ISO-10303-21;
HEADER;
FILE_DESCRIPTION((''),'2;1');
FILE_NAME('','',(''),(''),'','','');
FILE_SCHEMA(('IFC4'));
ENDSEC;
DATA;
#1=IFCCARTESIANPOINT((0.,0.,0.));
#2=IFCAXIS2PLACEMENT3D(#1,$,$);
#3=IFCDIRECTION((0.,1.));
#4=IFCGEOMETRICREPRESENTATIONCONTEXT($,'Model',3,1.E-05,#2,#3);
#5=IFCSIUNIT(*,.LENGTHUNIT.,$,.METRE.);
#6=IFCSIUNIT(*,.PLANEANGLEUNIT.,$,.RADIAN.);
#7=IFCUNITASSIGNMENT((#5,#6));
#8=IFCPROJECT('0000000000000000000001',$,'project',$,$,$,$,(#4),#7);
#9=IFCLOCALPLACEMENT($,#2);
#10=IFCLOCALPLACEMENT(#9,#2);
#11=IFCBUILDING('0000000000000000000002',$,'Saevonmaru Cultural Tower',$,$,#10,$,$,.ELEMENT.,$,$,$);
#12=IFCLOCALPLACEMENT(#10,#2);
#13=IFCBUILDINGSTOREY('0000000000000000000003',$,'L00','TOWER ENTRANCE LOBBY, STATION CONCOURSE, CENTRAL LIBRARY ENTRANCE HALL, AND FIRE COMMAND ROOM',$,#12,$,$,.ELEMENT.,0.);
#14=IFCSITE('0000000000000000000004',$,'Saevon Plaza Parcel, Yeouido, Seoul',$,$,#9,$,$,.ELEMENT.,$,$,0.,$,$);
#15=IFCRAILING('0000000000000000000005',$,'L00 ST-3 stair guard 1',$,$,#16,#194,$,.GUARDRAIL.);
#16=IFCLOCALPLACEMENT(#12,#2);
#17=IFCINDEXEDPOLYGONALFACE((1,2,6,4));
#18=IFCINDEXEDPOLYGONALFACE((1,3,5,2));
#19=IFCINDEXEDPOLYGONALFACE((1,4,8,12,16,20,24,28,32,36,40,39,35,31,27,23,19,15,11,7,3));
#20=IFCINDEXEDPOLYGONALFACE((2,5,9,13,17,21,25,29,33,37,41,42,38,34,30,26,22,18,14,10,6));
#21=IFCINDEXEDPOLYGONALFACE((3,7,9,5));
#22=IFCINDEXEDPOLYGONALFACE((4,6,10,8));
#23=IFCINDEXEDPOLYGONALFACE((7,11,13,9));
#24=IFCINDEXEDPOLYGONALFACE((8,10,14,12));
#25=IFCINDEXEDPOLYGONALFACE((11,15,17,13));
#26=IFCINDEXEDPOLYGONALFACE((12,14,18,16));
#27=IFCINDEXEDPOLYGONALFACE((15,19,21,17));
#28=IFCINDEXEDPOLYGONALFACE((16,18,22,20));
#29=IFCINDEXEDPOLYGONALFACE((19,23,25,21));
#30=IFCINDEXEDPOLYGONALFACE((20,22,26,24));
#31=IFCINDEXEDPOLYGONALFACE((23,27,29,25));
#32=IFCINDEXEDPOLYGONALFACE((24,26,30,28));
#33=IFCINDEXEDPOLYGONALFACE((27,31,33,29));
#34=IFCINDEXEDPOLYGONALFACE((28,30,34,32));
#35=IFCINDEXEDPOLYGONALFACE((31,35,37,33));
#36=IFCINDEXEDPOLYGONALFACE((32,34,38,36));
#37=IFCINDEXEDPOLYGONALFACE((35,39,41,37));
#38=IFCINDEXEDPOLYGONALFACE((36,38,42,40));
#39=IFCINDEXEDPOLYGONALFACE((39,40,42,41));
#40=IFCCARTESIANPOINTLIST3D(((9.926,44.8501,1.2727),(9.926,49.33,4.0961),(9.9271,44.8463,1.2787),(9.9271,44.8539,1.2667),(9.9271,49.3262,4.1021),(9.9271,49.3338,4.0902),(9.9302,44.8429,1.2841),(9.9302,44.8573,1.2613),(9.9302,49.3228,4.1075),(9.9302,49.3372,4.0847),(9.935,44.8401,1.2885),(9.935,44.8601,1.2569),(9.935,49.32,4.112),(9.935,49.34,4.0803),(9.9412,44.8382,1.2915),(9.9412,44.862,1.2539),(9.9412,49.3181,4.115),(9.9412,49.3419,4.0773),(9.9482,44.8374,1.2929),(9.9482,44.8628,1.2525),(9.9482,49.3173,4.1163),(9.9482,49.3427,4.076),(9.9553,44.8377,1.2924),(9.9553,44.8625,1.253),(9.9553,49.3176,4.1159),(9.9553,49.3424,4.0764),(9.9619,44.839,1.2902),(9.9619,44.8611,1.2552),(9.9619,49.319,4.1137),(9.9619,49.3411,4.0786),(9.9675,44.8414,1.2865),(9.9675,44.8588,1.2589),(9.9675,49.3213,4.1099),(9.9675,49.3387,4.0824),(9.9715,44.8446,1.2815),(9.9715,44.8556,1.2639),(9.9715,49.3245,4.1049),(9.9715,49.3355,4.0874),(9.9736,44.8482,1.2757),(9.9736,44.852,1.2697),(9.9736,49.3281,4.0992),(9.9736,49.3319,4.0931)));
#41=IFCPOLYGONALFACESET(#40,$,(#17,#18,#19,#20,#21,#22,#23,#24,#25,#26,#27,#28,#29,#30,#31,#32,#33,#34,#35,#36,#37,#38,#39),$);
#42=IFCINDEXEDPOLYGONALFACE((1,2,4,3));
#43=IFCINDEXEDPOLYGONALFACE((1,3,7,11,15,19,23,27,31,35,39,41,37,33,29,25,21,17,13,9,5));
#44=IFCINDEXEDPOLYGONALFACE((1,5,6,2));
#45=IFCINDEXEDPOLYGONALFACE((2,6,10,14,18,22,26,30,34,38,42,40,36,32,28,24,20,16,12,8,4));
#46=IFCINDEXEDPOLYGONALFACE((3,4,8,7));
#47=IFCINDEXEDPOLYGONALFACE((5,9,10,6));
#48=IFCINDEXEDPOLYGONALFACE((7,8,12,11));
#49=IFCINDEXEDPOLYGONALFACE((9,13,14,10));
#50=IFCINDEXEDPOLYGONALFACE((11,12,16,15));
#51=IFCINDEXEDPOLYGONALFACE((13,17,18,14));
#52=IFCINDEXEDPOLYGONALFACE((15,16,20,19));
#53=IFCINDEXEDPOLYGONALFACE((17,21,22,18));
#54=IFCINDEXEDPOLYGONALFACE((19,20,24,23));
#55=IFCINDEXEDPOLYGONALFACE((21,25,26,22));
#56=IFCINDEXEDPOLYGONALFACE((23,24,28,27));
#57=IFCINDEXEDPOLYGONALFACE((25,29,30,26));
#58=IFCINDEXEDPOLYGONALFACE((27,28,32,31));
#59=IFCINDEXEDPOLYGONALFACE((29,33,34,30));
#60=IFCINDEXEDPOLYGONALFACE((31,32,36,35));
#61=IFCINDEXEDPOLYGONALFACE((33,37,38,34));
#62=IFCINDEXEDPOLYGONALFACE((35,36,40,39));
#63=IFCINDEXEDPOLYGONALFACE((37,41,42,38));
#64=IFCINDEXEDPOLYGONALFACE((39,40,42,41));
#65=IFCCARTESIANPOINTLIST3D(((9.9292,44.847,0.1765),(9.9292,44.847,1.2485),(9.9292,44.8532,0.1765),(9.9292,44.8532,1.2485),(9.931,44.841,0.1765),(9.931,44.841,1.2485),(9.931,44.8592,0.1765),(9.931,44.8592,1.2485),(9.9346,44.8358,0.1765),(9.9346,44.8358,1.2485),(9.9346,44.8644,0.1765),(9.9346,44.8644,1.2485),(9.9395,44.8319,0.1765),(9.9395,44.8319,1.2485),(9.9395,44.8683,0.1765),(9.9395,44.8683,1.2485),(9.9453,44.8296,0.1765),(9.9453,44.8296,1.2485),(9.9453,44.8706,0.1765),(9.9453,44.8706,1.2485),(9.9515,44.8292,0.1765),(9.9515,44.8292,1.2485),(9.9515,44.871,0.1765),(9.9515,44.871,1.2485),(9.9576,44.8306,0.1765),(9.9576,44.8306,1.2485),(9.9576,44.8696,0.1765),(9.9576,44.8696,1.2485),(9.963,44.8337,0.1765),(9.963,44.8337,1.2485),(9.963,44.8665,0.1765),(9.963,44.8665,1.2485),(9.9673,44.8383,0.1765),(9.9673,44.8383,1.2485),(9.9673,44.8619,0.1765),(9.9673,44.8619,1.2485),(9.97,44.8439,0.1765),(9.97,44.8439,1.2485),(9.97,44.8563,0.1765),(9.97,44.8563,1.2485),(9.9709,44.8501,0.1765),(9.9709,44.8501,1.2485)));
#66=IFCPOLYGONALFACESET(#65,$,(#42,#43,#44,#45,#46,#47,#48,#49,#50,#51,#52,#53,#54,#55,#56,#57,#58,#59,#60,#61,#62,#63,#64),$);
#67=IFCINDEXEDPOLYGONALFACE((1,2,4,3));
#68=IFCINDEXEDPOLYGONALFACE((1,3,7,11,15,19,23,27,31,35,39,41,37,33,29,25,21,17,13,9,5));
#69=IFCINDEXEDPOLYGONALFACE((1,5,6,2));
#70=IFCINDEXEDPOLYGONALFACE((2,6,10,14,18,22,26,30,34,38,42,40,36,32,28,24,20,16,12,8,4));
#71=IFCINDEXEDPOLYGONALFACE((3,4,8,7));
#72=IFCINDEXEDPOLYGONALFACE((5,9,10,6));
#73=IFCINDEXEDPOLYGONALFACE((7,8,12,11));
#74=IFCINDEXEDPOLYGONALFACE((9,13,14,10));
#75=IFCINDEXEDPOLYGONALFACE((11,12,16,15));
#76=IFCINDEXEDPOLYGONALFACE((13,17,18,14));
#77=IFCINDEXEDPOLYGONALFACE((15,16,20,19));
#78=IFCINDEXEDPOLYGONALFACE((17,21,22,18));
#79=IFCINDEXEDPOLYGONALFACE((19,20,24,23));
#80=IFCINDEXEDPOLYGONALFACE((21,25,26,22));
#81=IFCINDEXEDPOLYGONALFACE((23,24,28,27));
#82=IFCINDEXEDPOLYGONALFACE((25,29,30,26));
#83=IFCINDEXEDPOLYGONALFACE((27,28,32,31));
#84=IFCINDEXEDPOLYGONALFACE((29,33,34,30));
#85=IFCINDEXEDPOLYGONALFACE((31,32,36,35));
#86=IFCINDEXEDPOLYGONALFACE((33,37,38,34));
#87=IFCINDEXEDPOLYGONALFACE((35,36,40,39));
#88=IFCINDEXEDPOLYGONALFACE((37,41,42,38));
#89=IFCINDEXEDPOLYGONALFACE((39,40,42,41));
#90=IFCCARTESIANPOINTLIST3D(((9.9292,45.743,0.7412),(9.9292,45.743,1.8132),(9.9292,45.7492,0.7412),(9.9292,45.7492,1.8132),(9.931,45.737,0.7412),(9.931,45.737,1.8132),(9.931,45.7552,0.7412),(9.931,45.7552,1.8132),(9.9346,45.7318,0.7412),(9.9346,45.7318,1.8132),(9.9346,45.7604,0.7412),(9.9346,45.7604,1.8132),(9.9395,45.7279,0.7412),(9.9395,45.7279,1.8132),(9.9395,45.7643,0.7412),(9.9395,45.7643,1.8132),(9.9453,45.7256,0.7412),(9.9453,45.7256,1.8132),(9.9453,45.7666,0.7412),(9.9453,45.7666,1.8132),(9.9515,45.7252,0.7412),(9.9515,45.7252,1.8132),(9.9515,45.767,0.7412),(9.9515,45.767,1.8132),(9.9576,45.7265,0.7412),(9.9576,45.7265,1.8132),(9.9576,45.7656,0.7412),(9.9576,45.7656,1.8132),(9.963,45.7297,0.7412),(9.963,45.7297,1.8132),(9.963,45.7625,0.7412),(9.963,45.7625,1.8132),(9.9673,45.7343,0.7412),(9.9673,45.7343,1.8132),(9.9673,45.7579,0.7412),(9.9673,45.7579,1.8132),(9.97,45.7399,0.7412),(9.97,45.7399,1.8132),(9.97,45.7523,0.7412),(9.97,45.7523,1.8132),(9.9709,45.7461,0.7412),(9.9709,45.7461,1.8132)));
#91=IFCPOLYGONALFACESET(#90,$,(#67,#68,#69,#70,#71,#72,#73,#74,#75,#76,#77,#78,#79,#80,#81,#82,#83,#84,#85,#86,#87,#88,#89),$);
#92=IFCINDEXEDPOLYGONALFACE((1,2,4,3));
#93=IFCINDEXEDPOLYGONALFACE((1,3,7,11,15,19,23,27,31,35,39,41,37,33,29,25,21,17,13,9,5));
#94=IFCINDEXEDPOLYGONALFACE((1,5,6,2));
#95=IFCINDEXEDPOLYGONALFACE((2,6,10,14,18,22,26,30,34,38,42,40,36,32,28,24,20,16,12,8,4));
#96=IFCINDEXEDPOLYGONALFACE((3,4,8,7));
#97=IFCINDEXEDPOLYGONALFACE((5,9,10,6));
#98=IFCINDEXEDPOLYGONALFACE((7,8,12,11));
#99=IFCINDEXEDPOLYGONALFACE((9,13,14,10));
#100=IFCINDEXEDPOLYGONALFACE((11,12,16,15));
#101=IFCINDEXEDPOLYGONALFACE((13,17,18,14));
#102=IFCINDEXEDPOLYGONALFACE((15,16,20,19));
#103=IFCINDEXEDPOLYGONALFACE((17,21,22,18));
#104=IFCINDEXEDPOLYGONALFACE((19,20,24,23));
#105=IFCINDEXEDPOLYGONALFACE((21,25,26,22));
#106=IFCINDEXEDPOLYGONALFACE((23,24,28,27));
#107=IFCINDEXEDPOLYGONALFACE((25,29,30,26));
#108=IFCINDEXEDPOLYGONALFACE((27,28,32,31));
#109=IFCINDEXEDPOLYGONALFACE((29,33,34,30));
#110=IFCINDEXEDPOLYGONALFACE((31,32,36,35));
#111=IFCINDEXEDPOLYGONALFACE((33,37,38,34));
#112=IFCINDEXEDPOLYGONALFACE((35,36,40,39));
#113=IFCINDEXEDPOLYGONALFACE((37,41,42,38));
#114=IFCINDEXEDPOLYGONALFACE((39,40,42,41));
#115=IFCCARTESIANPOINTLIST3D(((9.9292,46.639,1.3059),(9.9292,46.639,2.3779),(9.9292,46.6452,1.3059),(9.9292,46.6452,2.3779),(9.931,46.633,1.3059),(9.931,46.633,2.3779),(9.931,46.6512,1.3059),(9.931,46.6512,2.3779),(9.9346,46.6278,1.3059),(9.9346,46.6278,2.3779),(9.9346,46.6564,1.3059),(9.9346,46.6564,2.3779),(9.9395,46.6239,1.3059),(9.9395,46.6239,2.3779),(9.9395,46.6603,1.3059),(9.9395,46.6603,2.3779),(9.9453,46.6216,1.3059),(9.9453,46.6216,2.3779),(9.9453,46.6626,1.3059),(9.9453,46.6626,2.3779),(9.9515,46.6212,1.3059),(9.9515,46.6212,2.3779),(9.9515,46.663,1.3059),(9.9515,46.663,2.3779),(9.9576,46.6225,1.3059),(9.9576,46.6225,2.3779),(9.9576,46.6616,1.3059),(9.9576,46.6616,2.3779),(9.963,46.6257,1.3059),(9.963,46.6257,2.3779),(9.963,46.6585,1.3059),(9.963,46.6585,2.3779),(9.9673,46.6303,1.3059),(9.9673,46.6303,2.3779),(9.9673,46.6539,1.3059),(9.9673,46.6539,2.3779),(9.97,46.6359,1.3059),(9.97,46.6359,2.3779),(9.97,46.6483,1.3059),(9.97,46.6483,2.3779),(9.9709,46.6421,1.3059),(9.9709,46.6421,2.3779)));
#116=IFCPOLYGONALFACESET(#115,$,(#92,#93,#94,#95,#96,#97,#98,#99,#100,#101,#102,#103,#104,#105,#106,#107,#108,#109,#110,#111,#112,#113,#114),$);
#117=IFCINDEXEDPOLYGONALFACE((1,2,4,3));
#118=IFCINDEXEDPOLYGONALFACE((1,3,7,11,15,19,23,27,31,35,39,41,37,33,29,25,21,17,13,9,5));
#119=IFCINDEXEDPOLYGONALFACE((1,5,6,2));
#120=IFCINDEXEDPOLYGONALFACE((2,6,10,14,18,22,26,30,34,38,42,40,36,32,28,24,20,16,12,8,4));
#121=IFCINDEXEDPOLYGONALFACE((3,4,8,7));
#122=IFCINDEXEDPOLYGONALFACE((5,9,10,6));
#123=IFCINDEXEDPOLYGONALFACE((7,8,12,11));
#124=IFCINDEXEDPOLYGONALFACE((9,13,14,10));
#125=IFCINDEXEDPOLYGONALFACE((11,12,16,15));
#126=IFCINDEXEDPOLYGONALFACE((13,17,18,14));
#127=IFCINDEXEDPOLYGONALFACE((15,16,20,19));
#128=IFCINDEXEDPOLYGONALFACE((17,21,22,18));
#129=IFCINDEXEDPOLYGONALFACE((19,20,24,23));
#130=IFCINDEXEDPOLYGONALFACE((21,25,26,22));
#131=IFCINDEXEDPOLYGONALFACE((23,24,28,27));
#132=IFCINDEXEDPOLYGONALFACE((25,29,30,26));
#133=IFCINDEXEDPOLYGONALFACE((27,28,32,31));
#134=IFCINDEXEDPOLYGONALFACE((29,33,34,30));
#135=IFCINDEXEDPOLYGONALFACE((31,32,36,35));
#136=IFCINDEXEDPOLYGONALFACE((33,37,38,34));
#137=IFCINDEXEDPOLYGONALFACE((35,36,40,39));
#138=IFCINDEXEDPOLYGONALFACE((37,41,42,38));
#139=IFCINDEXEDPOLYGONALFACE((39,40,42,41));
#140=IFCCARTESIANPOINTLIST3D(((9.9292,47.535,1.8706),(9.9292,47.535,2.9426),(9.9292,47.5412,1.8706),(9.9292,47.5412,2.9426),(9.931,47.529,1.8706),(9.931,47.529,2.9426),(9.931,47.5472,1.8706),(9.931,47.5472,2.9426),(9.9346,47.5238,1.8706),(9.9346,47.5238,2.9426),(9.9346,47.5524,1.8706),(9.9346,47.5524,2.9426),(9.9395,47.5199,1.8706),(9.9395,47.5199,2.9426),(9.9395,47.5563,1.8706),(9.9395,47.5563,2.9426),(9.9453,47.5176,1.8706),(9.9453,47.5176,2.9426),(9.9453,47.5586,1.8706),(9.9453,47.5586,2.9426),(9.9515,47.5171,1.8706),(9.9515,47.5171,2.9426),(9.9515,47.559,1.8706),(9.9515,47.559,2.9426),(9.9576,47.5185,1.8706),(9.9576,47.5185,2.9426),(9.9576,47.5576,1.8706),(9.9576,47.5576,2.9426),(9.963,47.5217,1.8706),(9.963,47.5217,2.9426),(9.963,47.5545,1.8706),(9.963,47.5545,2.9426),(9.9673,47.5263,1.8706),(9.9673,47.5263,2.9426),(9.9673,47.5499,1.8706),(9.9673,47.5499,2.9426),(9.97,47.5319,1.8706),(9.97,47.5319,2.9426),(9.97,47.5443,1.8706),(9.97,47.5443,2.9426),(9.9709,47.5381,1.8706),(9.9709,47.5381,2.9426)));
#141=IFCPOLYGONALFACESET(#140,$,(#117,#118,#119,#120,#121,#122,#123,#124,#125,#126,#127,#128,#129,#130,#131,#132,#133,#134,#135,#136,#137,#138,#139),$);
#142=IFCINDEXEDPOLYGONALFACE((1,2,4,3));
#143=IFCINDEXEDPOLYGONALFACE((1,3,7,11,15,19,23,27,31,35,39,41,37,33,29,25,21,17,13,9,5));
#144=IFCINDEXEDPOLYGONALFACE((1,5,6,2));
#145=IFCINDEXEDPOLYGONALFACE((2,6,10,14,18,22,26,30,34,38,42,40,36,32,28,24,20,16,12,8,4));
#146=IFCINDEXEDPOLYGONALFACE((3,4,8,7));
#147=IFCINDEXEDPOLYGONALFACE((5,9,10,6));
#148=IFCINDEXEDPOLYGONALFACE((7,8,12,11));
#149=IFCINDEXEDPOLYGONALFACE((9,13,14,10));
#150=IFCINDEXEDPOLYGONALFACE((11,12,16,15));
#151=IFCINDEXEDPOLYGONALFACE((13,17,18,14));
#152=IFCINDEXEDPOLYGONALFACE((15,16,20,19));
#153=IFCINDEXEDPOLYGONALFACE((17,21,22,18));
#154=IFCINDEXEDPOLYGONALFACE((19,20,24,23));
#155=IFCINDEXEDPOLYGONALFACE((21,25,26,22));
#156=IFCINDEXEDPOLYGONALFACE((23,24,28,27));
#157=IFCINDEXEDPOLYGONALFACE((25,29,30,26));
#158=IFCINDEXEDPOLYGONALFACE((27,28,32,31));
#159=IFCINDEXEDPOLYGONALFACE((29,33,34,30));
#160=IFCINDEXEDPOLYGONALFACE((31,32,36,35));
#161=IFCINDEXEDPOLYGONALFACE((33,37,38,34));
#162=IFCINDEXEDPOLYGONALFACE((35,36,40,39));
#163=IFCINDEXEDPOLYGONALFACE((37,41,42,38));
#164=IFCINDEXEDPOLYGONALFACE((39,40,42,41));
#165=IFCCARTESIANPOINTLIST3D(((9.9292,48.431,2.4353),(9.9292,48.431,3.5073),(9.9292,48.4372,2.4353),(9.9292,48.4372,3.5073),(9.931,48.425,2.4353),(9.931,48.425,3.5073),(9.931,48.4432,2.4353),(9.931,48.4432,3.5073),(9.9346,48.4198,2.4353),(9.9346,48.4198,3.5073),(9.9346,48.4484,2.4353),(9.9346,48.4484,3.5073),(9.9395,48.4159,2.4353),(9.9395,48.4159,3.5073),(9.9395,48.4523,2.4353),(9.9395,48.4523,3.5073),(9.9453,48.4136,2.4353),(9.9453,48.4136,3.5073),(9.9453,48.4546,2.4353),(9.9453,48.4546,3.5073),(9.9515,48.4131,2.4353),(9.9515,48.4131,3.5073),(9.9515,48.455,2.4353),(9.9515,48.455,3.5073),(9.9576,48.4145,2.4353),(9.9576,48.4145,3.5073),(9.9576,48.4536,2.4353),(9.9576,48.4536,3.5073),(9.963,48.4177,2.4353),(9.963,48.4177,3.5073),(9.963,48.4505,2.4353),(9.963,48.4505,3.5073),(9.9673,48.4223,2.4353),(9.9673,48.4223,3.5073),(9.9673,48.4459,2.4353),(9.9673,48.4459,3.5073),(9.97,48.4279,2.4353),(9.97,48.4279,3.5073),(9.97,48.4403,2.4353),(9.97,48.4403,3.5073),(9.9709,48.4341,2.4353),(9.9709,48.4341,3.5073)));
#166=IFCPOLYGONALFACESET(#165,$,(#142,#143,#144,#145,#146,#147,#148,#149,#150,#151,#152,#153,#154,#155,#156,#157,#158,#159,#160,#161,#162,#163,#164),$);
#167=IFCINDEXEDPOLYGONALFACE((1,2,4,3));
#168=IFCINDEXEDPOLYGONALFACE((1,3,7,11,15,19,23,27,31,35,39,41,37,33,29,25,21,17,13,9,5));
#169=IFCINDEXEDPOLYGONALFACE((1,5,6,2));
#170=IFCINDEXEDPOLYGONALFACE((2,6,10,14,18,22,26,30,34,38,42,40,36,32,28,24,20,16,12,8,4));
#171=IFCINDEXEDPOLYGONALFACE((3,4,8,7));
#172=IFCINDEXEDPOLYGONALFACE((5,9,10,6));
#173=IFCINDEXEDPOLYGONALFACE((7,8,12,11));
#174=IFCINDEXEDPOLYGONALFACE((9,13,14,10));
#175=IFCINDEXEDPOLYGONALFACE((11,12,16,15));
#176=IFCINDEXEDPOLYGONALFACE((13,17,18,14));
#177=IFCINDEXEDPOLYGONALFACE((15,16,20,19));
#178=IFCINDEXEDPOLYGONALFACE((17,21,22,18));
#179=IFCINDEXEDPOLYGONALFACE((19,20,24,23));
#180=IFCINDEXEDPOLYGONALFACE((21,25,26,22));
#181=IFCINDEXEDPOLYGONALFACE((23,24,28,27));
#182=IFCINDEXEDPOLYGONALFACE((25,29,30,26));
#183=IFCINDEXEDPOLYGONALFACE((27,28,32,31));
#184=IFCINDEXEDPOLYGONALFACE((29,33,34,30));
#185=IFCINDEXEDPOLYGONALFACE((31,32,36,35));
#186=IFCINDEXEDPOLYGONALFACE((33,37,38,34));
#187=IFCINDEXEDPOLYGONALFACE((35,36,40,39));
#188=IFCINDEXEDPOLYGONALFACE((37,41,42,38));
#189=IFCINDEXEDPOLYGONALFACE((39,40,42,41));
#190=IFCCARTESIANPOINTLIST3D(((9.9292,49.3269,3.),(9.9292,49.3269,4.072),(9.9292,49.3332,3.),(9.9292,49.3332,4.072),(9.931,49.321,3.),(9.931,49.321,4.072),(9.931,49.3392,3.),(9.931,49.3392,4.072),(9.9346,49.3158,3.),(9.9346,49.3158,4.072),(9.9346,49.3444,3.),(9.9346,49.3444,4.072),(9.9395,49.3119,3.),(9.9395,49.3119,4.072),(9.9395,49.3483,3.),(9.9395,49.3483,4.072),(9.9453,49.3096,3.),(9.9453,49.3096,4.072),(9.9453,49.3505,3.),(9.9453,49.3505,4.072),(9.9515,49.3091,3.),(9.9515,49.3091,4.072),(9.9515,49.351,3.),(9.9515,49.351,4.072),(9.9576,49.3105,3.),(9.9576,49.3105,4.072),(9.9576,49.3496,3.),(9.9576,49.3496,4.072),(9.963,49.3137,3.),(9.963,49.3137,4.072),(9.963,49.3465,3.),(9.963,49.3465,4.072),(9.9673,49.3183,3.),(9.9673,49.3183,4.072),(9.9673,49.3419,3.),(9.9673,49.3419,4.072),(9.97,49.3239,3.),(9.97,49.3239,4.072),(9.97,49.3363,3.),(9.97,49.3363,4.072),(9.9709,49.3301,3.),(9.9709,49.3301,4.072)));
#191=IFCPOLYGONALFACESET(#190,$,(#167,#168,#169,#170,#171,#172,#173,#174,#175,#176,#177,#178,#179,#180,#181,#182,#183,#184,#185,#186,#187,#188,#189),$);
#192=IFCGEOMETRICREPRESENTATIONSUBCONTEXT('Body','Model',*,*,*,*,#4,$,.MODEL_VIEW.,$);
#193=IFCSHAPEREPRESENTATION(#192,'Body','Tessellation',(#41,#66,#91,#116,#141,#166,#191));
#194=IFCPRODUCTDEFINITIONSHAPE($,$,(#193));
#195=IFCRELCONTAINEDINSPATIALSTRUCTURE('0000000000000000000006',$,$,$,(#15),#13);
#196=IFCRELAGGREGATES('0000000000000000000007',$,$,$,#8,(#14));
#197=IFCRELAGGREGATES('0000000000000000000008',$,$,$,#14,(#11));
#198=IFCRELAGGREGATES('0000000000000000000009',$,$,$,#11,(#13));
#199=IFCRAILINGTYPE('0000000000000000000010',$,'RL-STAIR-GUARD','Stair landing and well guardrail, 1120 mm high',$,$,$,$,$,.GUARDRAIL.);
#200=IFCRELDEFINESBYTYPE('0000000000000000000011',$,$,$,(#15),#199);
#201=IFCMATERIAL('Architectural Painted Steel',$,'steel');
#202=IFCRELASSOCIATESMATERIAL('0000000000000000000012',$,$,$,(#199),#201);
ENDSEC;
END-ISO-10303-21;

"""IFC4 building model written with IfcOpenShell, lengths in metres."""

from ifc_helpers import new_model, si_unit, direction, frame, origin, origin_2d, place, context, subcontext, project, spatial, circle, extrude, material, type_object, element, save


model = new_model("IFC4")

# Units and contexts
model_context = context("Model", 3, precision=1e-05, world=origin(), true_north=direction((0.0, 1.0)))
body_context = subcontext(model_context, "Body", "Model", "MODEL_VIEW")
ifc_project = project(units=[si_unit("LENGTHUNIT", "METRE"), si_unit("PLANEANGLEUNIT", "RADIAN")], contexts=[model_context])

# Site, building, storey
site_placement = place(None, origin())
site = spatial("IfcSite", under=ifc_project, at=site_placement, Name="Saevon Plaza Parcel, Yeouido, Seoul", CompositionType="ELEMENT", RefElevation=0.0)
building_placement = place(site_placement, origin())
building = spatial("IfcBuilding", under=site, at=building_placement, Name="Saevonmaru Cultural Tower", CompositionType="ELEMENT")
storey_placement = place(building_placement, origin())
storey = spatial("IfcBuildingStorey", under=building, at=storey_placement, Name="L00", Description="TOWER ENTRANCE LOBBY, STATION CONCOURSE, CENTRAL LIBRARY ENTRANCE HALL, AND FIRE COMMAND ROOM", CompositionType="ELEMENT", Elevation=0.0)

# Railing
ifc_material_1 = material(Name="Architectural Painted Steel", Category="steel")
railing_type_1 = type_object("IfcRailingType", Name="RL-STAIR-GUARD", Description="Stair landing and well guardrail, 1120 mm high", PredefinedType="GUARDRAIL", material=ifc_material_1)
railing_1_placement = place(storey_placement, frame((9.95, 44.8501, 0.1765)))
element("IfcRailing", 1, at=railing_1_placement, inside=storey, type_object=railing_type_1, Name="L00 ST-3 stair guard 1", PredefinedType="GUARDRAIL", context=body_context, shape_type="SweptSolid", body=[
    extrude(circle(Radius=0.0239, at=origin_2d()), frame((0.0, 0.0, 1.0962), z_axis=(0.0, 0.845998, 0.533186), x_axis=(-1.0, 0.0, 0.0)), (0.0, 0.0, 1.0), 5.2954),
    extrude(circle(Radius=0.021, at=origin_2d()), origin(), (0.0, 0.0, 1.0), 1.072),
    extrude(circle(Radius=0.021, at=origin_2d()), frame((0.0, 0.896, 0.5647)), (0.0, 0.0, 1.0), 1.072),
    extrude(circle(Radius=0.021, at=origin_2d()), frame((0.0, 1.792, 1.1294)), (0.0, 0.0, 1.0), 1.072),
    extrude(circle(Radius=0.021, at=origin_2d()), frame((0.0, 2.688, 1.6941)), (0.0, 0.0, 1.0), 1.072),
    extrude(circle(Radius=0.021, at=origin_2d()), frame((0.0, 3.584, 2.2588)), (0.0, 0.0, 1.0), 1.072),
    extrude(circle(Radius=0.021, at=origin_2d()), frame((0.0, 4.48, 2.8235)), (0.0, 0.0, 1.0), 1.072),
])

save(model, "model.ifc")
